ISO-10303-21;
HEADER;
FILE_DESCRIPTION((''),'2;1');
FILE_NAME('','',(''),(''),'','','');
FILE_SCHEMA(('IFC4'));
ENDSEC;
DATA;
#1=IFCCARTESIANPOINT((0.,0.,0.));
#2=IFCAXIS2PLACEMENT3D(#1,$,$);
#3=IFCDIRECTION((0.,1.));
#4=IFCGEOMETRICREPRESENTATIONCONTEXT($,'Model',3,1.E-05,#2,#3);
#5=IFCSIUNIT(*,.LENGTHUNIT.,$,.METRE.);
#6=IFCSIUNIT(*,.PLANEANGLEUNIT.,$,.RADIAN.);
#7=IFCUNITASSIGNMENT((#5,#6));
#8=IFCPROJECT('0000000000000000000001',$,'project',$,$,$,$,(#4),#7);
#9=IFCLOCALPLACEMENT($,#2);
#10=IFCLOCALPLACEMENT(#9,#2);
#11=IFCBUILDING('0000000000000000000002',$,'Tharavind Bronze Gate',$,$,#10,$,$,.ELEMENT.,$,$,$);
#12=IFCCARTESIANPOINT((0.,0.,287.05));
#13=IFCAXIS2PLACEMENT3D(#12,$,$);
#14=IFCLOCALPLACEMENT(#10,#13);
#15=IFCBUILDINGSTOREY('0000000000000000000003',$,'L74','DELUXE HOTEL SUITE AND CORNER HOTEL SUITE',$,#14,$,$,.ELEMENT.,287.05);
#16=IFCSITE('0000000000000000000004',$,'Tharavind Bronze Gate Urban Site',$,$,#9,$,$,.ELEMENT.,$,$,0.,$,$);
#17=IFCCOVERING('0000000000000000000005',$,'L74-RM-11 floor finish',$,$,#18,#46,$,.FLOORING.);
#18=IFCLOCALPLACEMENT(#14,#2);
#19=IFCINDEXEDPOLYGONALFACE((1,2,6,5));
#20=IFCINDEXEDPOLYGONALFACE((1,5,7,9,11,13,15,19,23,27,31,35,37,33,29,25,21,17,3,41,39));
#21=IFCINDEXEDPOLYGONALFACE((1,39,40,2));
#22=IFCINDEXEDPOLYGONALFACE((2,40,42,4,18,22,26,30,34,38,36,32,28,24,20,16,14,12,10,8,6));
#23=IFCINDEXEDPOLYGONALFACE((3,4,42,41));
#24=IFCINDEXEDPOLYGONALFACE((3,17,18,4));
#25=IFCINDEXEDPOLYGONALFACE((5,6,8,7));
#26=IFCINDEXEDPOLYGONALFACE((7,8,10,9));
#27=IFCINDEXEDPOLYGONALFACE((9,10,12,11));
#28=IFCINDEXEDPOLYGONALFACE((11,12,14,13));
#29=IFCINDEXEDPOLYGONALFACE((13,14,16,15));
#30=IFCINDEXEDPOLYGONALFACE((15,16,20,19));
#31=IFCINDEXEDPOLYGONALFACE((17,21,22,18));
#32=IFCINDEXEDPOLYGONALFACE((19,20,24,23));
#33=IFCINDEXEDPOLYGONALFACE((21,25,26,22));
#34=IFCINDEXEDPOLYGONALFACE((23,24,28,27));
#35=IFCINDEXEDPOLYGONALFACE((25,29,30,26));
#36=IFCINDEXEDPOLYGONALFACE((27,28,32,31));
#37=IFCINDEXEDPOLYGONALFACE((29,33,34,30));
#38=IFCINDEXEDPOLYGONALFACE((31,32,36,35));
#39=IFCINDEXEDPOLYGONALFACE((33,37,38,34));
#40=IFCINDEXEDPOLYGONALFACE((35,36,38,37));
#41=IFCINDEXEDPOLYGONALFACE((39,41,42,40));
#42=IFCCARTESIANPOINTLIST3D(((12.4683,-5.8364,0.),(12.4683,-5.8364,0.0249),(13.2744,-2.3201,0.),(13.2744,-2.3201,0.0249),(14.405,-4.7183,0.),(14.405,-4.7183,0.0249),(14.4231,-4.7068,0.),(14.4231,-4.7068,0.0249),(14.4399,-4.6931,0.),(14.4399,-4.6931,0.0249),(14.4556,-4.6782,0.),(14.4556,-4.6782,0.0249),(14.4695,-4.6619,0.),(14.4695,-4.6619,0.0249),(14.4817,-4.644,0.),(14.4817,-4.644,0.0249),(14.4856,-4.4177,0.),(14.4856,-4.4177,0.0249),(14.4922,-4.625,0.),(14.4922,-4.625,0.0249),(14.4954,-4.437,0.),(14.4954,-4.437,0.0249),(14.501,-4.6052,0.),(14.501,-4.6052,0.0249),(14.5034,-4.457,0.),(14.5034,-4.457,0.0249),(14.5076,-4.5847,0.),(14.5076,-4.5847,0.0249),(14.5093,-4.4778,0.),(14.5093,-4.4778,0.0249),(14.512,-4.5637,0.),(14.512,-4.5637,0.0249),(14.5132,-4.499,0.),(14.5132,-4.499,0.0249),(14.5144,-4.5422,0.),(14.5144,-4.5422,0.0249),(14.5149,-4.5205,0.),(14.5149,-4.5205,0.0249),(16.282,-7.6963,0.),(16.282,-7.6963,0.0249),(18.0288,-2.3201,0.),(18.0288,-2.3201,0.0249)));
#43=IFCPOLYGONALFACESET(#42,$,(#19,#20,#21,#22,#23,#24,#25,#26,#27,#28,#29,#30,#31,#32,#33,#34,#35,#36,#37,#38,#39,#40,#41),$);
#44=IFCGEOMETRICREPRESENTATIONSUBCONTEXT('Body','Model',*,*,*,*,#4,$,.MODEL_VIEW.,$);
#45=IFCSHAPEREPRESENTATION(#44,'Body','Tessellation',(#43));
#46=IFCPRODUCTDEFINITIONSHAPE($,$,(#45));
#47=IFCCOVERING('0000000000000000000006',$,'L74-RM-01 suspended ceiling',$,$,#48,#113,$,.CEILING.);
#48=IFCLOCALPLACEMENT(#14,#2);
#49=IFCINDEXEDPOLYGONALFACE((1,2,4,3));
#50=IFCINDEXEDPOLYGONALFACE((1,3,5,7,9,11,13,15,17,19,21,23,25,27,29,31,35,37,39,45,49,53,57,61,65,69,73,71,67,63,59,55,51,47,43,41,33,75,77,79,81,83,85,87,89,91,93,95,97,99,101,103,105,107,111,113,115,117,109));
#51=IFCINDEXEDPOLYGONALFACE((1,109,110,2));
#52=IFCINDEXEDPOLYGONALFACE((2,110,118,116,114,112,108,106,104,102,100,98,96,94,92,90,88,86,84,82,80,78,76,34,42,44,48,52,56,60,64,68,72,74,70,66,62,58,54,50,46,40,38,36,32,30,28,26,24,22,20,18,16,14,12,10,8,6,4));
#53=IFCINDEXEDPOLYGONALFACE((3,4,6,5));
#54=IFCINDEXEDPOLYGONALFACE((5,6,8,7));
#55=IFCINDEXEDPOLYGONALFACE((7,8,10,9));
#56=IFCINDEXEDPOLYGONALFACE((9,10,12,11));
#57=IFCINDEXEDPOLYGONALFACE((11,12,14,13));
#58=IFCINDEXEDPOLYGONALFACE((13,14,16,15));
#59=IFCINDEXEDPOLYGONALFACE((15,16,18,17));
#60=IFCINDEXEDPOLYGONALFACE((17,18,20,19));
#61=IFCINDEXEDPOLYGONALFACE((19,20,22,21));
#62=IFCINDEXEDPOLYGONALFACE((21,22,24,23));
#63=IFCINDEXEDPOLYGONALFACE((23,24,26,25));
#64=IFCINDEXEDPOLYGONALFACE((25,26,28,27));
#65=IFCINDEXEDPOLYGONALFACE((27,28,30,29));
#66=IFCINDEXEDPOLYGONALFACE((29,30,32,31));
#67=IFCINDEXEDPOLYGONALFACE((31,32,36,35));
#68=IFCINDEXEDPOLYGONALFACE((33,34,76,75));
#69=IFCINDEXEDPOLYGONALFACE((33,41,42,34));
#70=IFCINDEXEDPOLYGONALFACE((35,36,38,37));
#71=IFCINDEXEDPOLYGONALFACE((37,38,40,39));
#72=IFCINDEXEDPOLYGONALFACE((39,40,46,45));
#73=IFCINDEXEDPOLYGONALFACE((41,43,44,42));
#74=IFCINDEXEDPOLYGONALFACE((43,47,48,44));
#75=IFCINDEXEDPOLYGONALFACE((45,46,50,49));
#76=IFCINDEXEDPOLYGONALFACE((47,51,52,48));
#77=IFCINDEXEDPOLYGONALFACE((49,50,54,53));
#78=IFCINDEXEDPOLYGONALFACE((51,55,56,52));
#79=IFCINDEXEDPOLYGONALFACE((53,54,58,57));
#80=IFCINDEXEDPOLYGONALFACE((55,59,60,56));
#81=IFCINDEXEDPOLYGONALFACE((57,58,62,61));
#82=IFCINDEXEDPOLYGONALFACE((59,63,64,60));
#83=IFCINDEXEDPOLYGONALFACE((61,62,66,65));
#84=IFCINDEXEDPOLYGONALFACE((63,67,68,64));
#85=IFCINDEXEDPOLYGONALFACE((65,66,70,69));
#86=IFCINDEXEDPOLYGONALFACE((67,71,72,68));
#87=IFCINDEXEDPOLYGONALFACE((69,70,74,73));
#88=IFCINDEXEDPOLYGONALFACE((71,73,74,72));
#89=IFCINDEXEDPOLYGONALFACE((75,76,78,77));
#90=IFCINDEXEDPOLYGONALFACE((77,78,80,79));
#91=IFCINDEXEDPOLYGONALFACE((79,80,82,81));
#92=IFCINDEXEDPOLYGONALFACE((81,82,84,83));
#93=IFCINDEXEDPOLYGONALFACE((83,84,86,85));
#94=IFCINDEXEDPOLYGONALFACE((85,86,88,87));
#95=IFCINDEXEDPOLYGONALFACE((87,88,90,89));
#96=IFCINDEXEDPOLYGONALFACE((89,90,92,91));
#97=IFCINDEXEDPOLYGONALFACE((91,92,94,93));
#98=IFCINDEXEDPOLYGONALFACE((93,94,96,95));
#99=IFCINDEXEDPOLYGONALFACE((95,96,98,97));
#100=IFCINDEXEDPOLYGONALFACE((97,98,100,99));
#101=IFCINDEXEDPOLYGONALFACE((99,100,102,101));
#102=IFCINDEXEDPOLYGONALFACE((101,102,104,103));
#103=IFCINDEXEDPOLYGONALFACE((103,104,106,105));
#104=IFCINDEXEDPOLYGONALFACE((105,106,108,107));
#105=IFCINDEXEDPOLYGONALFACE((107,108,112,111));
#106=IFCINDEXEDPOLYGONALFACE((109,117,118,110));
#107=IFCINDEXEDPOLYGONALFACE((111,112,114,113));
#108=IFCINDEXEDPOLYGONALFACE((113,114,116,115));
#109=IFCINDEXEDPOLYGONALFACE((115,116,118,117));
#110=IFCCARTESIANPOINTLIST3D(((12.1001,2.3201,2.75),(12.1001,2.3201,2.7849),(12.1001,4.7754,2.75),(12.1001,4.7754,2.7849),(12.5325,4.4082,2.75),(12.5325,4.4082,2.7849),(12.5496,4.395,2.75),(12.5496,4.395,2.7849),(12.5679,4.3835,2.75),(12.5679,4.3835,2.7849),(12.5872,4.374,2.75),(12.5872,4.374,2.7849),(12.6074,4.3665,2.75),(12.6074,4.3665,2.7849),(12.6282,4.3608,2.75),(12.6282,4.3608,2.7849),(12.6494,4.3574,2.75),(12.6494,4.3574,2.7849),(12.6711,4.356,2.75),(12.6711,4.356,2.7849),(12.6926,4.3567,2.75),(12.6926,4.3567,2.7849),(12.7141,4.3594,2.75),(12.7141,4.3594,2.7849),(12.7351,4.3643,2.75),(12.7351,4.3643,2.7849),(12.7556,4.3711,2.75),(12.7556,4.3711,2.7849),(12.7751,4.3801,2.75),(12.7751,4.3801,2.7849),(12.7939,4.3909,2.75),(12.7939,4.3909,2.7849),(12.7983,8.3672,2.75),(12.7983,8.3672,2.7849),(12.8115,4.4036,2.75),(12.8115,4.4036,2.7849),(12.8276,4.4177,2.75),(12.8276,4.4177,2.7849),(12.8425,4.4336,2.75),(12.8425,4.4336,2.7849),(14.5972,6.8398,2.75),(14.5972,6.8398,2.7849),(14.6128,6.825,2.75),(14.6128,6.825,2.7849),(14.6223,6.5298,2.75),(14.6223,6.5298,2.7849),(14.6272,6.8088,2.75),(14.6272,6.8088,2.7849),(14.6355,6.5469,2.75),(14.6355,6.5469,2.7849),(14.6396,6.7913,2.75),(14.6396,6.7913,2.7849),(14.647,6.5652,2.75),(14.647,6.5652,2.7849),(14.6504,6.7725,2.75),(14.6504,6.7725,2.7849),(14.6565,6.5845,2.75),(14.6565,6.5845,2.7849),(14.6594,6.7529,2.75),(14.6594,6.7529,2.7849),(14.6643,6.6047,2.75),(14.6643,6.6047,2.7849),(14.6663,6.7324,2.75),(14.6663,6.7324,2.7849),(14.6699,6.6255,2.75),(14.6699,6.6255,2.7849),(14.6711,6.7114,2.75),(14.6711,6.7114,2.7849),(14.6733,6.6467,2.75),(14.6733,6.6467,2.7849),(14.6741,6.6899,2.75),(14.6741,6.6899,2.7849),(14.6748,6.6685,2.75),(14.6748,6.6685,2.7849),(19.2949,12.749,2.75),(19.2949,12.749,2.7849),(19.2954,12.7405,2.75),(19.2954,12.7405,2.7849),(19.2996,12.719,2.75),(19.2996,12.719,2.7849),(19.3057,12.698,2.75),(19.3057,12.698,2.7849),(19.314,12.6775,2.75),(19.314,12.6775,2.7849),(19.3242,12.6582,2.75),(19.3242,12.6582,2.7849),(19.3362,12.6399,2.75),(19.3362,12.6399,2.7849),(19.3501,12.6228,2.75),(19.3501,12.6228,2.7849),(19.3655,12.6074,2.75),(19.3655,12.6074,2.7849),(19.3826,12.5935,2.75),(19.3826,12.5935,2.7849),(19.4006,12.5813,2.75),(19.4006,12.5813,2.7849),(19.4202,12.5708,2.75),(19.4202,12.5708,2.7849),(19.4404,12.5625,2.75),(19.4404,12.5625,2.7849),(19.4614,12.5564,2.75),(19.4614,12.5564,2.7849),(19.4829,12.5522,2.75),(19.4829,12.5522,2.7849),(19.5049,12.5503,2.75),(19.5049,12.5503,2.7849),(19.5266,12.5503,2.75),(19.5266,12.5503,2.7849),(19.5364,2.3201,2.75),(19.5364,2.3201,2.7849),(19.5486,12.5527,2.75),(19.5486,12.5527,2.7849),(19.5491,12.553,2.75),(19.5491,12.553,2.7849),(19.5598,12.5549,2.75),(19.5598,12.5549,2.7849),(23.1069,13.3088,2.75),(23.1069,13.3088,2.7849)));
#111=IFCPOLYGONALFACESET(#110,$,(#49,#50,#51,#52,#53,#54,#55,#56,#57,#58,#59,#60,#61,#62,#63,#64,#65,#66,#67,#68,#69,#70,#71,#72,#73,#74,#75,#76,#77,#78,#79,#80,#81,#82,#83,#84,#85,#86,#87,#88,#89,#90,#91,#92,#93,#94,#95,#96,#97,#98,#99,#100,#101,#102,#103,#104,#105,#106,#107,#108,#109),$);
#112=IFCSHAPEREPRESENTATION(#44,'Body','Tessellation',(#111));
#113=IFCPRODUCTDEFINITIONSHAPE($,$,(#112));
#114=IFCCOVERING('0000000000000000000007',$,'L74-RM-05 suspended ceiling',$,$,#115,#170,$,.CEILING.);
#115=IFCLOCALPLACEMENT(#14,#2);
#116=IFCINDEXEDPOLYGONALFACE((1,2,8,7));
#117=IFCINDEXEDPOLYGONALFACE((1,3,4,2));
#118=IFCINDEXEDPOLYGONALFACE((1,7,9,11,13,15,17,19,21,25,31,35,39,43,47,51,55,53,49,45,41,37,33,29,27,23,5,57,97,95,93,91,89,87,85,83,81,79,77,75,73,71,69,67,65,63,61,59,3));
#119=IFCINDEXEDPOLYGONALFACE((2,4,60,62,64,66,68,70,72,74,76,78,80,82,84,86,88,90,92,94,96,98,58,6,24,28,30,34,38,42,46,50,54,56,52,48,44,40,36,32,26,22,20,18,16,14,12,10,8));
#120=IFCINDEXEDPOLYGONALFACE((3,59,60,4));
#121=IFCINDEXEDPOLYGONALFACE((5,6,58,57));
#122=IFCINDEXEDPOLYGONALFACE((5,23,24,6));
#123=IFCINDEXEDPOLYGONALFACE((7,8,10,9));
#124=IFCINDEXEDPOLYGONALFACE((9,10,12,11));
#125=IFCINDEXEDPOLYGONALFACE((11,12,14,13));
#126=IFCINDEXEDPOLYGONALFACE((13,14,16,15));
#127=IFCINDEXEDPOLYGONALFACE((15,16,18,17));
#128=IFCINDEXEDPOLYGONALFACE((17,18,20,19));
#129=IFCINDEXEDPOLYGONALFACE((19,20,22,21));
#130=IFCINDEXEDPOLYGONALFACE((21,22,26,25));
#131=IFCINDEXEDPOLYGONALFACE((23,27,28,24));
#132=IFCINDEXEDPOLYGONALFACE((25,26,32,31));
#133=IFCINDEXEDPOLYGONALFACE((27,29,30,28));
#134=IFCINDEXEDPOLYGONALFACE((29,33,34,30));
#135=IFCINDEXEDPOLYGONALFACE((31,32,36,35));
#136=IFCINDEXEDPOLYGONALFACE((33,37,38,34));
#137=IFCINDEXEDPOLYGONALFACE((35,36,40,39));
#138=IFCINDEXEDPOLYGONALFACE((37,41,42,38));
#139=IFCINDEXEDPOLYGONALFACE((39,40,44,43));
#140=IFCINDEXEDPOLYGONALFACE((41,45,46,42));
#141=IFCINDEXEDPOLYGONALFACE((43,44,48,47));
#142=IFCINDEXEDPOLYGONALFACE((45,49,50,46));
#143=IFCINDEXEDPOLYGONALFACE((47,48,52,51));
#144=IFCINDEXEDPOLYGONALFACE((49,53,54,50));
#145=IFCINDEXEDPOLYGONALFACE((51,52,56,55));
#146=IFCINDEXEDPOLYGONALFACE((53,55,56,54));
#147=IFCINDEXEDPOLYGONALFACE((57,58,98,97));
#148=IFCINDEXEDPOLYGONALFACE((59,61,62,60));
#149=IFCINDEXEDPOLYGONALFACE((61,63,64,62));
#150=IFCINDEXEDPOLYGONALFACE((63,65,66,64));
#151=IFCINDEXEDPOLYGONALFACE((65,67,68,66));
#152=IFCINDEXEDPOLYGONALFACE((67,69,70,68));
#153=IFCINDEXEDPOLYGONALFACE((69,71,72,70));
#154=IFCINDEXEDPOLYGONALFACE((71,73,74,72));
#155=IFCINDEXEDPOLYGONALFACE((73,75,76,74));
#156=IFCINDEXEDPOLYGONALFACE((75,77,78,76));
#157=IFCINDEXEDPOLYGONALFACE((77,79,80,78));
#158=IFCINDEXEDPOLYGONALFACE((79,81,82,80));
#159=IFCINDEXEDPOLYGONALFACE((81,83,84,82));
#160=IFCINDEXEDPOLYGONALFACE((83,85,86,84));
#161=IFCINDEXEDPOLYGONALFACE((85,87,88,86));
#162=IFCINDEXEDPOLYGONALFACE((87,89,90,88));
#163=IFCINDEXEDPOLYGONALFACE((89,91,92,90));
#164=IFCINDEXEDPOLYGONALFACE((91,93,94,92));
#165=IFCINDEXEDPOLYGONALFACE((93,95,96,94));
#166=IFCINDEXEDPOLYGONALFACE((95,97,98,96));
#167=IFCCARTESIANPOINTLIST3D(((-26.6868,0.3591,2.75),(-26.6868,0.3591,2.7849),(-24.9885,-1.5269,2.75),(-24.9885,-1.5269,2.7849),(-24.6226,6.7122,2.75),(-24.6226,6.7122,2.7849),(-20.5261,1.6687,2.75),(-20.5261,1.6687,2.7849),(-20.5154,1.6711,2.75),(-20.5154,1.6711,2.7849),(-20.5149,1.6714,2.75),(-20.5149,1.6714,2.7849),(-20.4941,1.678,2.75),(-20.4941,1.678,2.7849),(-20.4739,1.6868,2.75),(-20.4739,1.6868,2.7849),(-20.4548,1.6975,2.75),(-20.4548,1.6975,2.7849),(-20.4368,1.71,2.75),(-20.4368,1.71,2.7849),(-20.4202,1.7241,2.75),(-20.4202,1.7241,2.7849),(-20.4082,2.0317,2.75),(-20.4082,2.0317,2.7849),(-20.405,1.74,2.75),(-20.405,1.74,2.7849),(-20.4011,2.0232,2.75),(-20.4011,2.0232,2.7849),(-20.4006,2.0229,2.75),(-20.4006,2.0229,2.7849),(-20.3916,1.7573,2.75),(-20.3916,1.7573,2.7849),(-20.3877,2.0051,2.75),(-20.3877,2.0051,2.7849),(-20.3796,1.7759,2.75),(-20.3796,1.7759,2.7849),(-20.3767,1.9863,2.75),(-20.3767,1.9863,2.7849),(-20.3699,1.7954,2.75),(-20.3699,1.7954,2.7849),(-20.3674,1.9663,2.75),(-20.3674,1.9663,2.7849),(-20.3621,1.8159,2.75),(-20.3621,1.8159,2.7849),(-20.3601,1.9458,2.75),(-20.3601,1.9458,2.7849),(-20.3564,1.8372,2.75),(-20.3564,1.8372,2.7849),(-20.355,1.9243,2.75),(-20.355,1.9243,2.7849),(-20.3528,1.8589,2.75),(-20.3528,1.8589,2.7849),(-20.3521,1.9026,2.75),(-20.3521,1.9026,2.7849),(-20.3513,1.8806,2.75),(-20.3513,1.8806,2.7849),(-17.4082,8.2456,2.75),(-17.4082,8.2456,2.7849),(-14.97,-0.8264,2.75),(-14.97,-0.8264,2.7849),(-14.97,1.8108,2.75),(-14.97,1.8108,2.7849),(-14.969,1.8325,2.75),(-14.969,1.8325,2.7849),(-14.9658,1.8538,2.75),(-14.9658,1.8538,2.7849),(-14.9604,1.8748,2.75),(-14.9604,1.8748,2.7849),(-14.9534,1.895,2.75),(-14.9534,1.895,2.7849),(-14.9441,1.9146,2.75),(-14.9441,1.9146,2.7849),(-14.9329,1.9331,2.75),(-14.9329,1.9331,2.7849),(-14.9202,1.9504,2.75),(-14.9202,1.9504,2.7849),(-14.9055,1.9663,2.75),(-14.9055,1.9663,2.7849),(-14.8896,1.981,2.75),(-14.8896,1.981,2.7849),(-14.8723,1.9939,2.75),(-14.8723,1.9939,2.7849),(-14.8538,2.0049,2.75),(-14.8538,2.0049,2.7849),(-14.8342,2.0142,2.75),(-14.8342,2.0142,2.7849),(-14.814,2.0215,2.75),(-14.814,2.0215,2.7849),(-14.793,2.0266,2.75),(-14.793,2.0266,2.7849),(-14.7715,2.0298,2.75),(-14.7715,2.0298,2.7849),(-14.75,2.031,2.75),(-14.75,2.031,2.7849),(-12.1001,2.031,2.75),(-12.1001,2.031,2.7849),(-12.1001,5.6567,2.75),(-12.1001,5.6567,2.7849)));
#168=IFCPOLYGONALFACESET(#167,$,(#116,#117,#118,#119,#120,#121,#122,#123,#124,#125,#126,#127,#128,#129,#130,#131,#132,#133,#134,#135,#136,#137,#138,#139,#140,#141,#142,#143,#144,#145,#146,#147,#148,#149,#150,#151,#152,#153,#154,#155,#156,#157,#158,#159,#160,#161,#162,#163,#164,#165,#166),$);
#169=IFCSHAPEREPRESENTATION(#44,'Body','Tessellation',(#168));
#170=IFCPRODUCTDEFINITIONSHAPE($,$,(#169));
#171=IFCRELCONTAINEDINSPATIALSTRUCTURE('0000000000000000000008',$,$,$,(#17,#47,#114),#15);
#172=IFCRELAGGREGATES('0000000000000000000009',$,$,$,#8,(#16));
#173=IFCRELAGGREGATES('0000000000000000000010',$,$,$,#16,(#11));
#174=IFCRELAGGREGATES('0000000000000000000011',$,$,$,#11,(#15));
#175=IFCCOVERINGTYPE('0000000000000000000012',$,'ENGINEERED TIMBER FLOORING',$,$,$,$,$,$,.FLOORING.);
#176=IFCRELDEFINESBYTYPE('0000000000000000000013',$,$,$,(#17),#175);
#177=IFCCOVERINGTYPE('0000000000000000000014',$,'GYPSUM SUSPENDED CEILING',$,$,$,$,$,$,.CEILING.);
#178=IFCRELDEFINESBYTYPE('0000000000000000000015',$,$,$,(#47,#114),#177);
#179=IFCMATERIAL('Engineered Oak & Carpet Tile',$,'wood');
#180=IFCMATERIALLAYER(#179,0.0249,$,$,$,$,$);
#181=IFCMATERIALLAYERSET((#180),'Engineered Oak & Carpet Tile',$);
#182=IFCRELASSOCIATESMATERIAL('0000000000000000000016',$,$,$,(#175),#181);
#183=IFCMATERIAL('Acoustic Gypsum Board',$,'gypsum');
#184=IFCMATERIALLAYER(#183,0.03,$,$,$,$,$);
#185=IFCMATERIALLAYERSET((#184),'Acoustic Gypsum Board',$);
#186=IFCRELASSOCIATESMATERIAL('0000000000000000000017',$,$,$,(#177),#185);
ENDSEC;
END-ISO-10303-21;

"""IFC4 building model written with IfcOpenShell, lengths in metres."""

from ifc_helpers import new_model, si_unit, direction, frame, origin, place, context, subcontext, project, spatial, polyline, outline, extrude, material, layer, layer_set, type_object, element, save


model = new_model("IFC4")

# Units and contexts
model_context = context("Model", 3, precision=1e-05, world=origin(), true_north=direction((0.0, 1.0)))
body_context = subcontext(model_context, "Body", "Model", "MODEL_VIEW")
ifc_project = project(units=[si_unit("LENGTHUNIT", "METRE"), si_unit("PLANEANGLEUNIT", "RADIAN")], contexts=[model_context])

# Site, building, storey
site_placement = place(None, origin())
site = spatial("IfcSite", under=ifc_project, at=site_placement, Name="Tharavind Bronze Gate Urban Site", CompositionType="ELEMENT", RefElevation=0.0)
building_placement = place(site_placement, origin())
building = spatial("IfcBuilding", under=site, at=building_placement, Name="Tharavind Bronze Gate", CompositionType="ELEMENT")
storey_placement = place(building_placement, frame((0.0, 0.0, 287.05)))
storey = spatial("IfcBuildingStorey", under=building, at=storey_placement, Name="L74", Description="DELUXE HOTEL SUITE AND CORNER HOTEL SUITE", CompositionType="ELEMENT", Elevation=287.05)

# Coverings
ifc_material_1 = material(Name="Engineered Oak & Carpet Tile", Category="wood")
ifc_layer_1 = layer(ifc_material_1, 0.0249)
ifc_layer_set_1 = layer_set([ifc_layer_1], Name="Engineered Oak & Carpet Tile")
covering_type_1 = type_object("IfcCoveringType", Name="ENGINEERED TIMBER FLOORING", PredefinedType="FLOORING", material=ifc_layer_set_1)
covering_1_placement = place(storey_placement, origin())
element("IfcCovering", 1, at=covering_1_placement, inside=storey, type_object=covering_type_1, Name="L74-RM-11 floor finish", PredefinedType="FLOORING", context=body_context, shape_type="SweptSolid", body=[
    extrude(outline(polyline([(14.4856, -4.4177), (14.4954, -4.437), (14.5034, -4.457), (14.5093, -4.4778), (14.5132, -4.499), (14.5149, -4.5205), (14.5144, -4.5422), (14.512, -4.5637), (14.5076, -4.5847), (14.501, -4.6052), (14.4922, -4.625), (14.4817, -4.644), (14.4695, -4.6619), (14.4556, -4.6782), (14.4399, -4.6931), (14.4231, -4.7068), (14.405, -4.7183), (12.4683, -5.8364), (16.282, -7.6963), (18.0288, -2.3201), (13.2744, -2.3201), (14.4856, -4.4177)])), origin(), (0.0, 0.0, 1.0), 0.0249),
])
ifc_material_2 = material(Name="Acoustic Gypsum Board", Category="gypsum")
ifc_layer_2 = layer(ifc_material_2, 0.03)
ifc_layer_set_2 = layer_set([ifc_layer_2], Name="Acoustic Gypsum Board")
covering_type_2 = type_object("IfcCoveringType", Name="GYPSUM SUSPENDED CEILING", PredefinedType="CEILING", material=ifc_layer_set_2)
covering_2_placement = place(storey_placement, frame((0.0, 0.0, 2.75)))
element("IfcCovering", 2, at=covering_2_placement, inside=storey, type_object=covering_type_2, Name="L74-RM-01 suspended ceiling", PredefinedType="CEILING", context=body_context, shape_type="SweptSolid", body=[
    extrude(outline(polyline([(19.5364, 2.3201), (23.1069, 13.3088), (19.5598, 12.5549), (19.5491, 12.553), (19.5486, 12.5527), (19.5266, 12.5503), (19.5049, 12.5503), (19.4829, 12.5522), (19.4614, 12.5564), (19.4404, 12.5625), (19.4202, 12.5708), (19.4006, 12.5813), (19.3826, 12.5935), (19.3655, 12.6074), (19.3501, 12.6228), (19.3362, 12.6399), (19.3242, 12.6582), (19.314, 12.6775), (19.3057, 12.698), (19.2996, 12.719), (19.2954, 12.7405), (19.2949, 12.749), (12.7983, 8.3672), (14.5972, 6.8398), (14.6128, 6.825), (14.6272, 6.8088), (14.6396, 6.7913), (14.6504, 6.7725), (14.6594, 6.7529), (14.6663, 6.7324), (14.6711, 6.7114), (14.6741, 6.6899), (14.6748, 6.6685), (14.6733, 6.6467), (14.6699, 6.6255), (14.6643, 6.6047), (14.6565, 6.5845), (14.647, 6.5652), (14.6355, 6.5469), (14.6223, 6.5298), (12.8425, 4.4336), (12.8276, 4.4177), (12.8115, 4.4036), (12.7939, 4.3909), (12.7751, 4.3801), (12.7556, 4.3711), (12.7351, 4.3643), (12.7141, 4.3594), (12.6926, 4.3567), (12.6711, 4.356), (12.6494, 4.3574), (12.6282, 4.3608), (12.6074, 4.3665), (12.5872, 4.374), (12.5679, 4.3835), (12.5496, 4.395), (12.5325, 4.4082), (12.1001, 4.7754), (12.1001, 2.3201), (19.5364, 2.3201)])), origin(), (0.0, 0.0, 1.0), 0.0349),
])
covering_3_placement = place(storey_placement, frame((0.0, 0.0, 2.75)))
element("IfcCovering", 3, at=covering_3_placement, inside=storey, type_object=covering_type_2, Name="L74-RM-05 suspended ceiling", PredefinedType="CEILING", context=body_context, shape_type="SweptSolid", body=[
    extrude(outline(polyline([(-24.9885, -1.5269), (-14.97, -0.8264), (-14.97, 1.8108), (-14.969, 1.8325), (-14.9658, 1.8538), (-14.9604, 1.8748), (-14.9534, 1.895), (-14.9441, 1.9146), (-14.9329, 1.9331), (-14.9202, 1.9504), (-14.9055, 1.9663), (-14.8896, 1.981), (-14.8723, 1.9939), (-14.8538, 2.0049), (-14.8342, 2.0142), (-14.814, 2.0215), (-14.793, 2.0266), (-14.7715, 2.0298), (-14.75, 2.031), (-12.1001, 2.031), (-12.1001, 5.6567), (-17.4082, 8.2456), (-24.6226, 6.7122), (-20.4082, 2.0317), (-20.4011, 2.0232), (-20.4006, 2.0229), (-20.3877, 2.0051), (-20.3767, 1.9863), (-20.3674, 1.9663), (-20.3601, 1.9458), (-20.355, 1.9243), (-20.3521, 1.9026), (-20.3513, 1.8806), (-20.3528, 1.8589), (-20.3564, 1.8372), (-20.3621, 1.8159), (-20.3699, 1.7954), (-20.3796, 1.7759), (-20.3916, 1.7573), (-20.405, 1.74), (-20.4202, 1.7241), (-20.4368, 1.71), (-20.4548, 1.6975), (-20.4739, 1.6868), (-20.4941, 1.678), (-20.5149, 1.6714), (-20.5154, 1.6711), (-20.5261, 1.6687), (-26.6868, 0.3591), (-24.9885, -1.5269)])), origin(), (0.0, 0.0, 1.0), 0.0349),
])

save(model, "model.ifc")
